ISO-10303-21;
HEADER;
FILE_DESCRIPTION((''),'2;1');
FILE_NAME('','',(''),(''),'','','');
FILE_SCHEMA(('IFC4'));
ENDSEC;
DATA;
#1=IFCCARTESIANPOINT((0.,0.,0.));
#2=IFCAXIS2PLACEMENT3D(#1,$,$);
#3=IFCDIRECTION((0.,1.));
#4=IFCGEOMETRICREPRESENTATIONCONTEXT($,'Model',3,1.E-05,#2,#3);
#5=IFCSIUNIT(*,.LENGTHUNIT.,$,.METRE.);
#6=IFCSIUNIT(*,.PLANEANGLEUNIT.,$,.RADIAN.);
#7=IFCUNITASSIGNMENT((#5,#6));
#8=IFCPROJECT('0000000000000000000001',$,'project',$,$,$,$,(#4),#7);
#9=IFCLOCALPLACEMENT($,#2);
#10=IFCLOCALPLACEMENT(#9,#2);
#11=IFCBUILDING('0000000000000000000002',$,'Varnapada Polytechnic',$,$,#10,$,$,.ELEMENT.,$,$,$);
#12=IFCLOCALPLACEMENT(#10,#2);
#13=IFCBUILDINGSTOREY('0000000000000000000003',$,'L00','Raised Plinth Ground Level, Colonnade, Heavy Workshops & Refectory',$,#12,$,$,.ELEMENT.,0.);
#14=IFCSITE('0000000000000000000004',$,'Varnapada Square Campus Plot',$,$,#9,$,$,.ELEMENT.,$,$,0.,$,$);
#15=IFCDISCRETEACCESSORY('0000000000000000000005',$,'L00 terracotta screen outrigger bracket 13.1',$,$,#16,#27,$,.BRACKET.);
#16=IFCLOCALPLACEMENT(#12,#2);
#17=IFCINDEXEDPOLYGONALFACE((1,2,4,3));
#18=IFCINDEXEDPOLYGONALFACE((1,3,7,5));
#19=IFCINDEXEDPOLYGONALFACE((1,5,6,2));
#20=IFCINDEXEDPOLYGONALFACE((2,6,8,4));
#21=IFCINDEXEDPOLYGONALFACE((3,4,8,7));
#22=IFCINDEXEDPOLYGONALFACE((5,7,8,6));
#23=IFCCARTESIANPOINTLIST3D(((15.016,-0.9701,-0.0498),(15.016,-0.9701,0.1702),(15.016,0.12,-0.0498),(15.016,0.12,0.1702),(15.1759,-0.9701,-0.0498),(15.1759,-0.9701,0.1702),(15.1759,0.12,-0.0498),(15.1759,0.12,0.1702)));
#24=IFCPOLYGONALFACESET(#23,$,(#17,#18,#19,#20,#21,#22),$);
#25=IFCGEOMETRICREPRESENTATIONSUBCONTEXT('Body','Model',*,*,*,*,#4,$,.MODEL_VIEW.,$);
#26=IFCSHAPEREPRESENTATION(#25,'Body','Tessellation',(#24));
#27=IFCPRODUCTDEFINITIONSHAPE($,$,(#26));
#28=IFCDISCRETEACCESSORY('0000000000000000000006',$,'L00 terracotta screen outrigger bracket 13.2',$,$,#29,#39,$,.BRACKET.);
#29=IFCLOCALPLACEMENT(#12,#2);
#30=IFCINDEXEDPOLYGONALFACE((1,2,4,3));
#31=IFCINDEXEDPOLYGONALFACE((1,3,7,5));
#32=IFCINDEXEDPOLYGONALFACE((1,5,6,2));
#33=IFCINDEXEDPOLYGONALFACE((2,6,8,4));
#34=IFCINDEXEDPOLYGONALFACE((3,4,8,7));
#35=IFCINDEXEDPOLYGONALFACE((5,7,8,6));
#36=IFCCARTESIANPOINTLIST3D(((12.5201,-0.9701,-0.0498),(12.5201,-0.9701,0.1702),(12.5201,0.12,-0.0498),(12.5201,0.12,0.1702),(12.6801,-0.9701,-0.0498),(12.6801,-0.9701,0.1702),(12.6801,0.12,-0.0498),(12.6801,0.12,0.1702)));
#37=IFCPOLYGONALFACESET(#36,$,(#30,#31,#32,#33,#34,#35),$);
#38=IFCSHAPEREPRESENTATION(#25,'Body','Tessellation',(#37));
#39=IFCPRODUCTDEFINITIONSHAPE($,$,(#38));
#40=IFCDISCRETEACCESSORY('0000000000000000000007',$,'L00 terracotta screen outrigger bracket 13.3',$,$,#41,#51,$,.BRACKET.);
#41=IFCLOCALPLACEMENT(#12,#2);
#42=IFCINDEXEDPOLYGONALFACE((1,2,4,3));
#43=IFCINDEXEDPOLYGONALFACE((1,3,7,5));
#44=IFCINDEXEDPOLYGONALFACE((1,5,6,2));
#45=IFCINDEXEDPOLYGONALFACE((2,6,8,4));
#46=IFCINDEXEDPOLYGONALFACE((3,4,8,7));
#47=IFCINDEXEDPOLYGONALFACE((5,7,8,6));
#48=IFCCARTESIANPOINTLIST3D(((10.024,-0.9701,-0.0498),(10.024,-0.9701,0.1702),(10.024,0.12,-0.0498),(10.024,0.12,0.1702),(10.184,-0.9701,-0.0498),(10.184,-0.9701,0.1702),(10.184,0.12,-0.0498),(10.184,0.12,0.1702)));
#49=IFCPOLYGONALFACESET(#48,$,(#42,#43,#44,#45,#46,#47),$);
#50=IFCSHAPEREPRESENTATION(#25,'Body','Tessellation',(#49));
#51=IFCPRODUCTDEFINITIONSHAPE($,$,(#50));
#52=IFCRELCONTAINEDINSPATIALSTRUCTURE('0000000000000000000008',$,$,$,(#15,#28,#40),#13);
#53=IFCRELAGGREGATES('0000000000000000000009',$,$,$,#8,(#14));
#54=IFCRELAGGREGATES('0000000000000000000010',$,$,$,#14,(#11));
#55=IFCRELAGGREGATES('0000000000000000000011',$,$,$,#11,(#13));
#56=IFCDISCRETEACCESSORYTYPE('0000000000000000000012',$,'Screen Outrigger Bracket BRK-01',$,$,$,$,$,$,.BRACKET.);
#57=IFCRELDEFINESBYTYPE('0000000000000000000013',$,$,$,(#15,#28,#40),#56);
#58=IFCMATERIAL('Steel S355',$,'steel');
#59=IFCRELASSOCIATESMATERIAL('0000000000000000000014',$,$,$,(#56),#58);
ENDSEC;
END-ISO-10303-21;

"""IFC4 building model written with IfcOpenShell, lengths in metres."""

from ifc_helpers import new_model, si_unit, direction, frame, origin, origin_2d, place, context, subcontext, project, spatial, rectangle, extrude, material, type_object, element, save


model = new_model("IFC4")

# Units and contexts
model_context = context("Model", 3, precision=1e-05, world=origin(), true_north=direction((0.0, 1.0)))
body_context = subcontext(model_context, "Body", "Model", "MODEL_VIEW")
ifc_project = project(units=[si_unit("LENGTHUNIT", "METRE"), si_unit("PLANEANGLEUNIT", "RADIAN")], contexts=[model_context])

# Site, building, storey
site_placement = place(None, origin())
site = spatial("IfcSite", under=ifc_project, at=site_placement, Name="Varnapada Square Campus Plot", CompositionType="ELEMENT", RefElevation=0.0)
building_placement = place(site_placement, origin())
building = spatial("IfcBuilding", under=site, at=building_placement, Name="Varnapada Polytechnic", CompositionType="ELEMENT")
storey_placement = place(building_placement, origin())
storey = spatial("IfcBuildingStorey", under=building, at=storey_placement, Name="L00", Description="Raised Plinth Ground Level, Colonnade, Heavy Workshops & Refectory", CompositionType="ELEMENT", Elevation=0.0)

# Discrete accessories
ifc_material_1 = material(Name="Steel S355", Category="steel")
discrete_accessory_type = type_object("IfcDiscreteAccessoryType", Name="Screen Outrigger Bracket BRK-01", PredefinedType="BRACKET", material=ifc_material_1)
for number, where, z_axis, x_axis, name in (
    (1, (15.0959, -0.425, -0.0498), (0.0, 0.0, 1.0), (-1.0, 0.0, 0.0), "L00 terracotta screen outrigger bracket 13.1"),
    (2, (12.6001, -0.425, -0.0498), (0.0, 0.0, 1.0), (-1.0, 0.0, 0.0), "L00 terracotta screen outrigger bracket 13.2"),
    (3, (10.104, -0.425, -0.0498), (0.0, 0.0, 1.0), (-1.0, 0.0, 0.0), "L00 terracotta screen outrigger bracket 13.3"),
):
    element("IfcDiscreteAccessory", number, at=place(storey_placement, frame(where, z_axis=z_axis, x_axis=x_axis)), inside=storey, type_object=discrete_accessory_type, Name=name, PredefinedType="BRACKET", context=body_context, shape_type="SweptSolid", body=[
        extrude(rectangle(XDim=0.1599, YDim=1.0901, at=origin_2d()), origin(), (0.0, 0.0, 1.0), 0.22),
    ])

save(model, "model.ifc")
